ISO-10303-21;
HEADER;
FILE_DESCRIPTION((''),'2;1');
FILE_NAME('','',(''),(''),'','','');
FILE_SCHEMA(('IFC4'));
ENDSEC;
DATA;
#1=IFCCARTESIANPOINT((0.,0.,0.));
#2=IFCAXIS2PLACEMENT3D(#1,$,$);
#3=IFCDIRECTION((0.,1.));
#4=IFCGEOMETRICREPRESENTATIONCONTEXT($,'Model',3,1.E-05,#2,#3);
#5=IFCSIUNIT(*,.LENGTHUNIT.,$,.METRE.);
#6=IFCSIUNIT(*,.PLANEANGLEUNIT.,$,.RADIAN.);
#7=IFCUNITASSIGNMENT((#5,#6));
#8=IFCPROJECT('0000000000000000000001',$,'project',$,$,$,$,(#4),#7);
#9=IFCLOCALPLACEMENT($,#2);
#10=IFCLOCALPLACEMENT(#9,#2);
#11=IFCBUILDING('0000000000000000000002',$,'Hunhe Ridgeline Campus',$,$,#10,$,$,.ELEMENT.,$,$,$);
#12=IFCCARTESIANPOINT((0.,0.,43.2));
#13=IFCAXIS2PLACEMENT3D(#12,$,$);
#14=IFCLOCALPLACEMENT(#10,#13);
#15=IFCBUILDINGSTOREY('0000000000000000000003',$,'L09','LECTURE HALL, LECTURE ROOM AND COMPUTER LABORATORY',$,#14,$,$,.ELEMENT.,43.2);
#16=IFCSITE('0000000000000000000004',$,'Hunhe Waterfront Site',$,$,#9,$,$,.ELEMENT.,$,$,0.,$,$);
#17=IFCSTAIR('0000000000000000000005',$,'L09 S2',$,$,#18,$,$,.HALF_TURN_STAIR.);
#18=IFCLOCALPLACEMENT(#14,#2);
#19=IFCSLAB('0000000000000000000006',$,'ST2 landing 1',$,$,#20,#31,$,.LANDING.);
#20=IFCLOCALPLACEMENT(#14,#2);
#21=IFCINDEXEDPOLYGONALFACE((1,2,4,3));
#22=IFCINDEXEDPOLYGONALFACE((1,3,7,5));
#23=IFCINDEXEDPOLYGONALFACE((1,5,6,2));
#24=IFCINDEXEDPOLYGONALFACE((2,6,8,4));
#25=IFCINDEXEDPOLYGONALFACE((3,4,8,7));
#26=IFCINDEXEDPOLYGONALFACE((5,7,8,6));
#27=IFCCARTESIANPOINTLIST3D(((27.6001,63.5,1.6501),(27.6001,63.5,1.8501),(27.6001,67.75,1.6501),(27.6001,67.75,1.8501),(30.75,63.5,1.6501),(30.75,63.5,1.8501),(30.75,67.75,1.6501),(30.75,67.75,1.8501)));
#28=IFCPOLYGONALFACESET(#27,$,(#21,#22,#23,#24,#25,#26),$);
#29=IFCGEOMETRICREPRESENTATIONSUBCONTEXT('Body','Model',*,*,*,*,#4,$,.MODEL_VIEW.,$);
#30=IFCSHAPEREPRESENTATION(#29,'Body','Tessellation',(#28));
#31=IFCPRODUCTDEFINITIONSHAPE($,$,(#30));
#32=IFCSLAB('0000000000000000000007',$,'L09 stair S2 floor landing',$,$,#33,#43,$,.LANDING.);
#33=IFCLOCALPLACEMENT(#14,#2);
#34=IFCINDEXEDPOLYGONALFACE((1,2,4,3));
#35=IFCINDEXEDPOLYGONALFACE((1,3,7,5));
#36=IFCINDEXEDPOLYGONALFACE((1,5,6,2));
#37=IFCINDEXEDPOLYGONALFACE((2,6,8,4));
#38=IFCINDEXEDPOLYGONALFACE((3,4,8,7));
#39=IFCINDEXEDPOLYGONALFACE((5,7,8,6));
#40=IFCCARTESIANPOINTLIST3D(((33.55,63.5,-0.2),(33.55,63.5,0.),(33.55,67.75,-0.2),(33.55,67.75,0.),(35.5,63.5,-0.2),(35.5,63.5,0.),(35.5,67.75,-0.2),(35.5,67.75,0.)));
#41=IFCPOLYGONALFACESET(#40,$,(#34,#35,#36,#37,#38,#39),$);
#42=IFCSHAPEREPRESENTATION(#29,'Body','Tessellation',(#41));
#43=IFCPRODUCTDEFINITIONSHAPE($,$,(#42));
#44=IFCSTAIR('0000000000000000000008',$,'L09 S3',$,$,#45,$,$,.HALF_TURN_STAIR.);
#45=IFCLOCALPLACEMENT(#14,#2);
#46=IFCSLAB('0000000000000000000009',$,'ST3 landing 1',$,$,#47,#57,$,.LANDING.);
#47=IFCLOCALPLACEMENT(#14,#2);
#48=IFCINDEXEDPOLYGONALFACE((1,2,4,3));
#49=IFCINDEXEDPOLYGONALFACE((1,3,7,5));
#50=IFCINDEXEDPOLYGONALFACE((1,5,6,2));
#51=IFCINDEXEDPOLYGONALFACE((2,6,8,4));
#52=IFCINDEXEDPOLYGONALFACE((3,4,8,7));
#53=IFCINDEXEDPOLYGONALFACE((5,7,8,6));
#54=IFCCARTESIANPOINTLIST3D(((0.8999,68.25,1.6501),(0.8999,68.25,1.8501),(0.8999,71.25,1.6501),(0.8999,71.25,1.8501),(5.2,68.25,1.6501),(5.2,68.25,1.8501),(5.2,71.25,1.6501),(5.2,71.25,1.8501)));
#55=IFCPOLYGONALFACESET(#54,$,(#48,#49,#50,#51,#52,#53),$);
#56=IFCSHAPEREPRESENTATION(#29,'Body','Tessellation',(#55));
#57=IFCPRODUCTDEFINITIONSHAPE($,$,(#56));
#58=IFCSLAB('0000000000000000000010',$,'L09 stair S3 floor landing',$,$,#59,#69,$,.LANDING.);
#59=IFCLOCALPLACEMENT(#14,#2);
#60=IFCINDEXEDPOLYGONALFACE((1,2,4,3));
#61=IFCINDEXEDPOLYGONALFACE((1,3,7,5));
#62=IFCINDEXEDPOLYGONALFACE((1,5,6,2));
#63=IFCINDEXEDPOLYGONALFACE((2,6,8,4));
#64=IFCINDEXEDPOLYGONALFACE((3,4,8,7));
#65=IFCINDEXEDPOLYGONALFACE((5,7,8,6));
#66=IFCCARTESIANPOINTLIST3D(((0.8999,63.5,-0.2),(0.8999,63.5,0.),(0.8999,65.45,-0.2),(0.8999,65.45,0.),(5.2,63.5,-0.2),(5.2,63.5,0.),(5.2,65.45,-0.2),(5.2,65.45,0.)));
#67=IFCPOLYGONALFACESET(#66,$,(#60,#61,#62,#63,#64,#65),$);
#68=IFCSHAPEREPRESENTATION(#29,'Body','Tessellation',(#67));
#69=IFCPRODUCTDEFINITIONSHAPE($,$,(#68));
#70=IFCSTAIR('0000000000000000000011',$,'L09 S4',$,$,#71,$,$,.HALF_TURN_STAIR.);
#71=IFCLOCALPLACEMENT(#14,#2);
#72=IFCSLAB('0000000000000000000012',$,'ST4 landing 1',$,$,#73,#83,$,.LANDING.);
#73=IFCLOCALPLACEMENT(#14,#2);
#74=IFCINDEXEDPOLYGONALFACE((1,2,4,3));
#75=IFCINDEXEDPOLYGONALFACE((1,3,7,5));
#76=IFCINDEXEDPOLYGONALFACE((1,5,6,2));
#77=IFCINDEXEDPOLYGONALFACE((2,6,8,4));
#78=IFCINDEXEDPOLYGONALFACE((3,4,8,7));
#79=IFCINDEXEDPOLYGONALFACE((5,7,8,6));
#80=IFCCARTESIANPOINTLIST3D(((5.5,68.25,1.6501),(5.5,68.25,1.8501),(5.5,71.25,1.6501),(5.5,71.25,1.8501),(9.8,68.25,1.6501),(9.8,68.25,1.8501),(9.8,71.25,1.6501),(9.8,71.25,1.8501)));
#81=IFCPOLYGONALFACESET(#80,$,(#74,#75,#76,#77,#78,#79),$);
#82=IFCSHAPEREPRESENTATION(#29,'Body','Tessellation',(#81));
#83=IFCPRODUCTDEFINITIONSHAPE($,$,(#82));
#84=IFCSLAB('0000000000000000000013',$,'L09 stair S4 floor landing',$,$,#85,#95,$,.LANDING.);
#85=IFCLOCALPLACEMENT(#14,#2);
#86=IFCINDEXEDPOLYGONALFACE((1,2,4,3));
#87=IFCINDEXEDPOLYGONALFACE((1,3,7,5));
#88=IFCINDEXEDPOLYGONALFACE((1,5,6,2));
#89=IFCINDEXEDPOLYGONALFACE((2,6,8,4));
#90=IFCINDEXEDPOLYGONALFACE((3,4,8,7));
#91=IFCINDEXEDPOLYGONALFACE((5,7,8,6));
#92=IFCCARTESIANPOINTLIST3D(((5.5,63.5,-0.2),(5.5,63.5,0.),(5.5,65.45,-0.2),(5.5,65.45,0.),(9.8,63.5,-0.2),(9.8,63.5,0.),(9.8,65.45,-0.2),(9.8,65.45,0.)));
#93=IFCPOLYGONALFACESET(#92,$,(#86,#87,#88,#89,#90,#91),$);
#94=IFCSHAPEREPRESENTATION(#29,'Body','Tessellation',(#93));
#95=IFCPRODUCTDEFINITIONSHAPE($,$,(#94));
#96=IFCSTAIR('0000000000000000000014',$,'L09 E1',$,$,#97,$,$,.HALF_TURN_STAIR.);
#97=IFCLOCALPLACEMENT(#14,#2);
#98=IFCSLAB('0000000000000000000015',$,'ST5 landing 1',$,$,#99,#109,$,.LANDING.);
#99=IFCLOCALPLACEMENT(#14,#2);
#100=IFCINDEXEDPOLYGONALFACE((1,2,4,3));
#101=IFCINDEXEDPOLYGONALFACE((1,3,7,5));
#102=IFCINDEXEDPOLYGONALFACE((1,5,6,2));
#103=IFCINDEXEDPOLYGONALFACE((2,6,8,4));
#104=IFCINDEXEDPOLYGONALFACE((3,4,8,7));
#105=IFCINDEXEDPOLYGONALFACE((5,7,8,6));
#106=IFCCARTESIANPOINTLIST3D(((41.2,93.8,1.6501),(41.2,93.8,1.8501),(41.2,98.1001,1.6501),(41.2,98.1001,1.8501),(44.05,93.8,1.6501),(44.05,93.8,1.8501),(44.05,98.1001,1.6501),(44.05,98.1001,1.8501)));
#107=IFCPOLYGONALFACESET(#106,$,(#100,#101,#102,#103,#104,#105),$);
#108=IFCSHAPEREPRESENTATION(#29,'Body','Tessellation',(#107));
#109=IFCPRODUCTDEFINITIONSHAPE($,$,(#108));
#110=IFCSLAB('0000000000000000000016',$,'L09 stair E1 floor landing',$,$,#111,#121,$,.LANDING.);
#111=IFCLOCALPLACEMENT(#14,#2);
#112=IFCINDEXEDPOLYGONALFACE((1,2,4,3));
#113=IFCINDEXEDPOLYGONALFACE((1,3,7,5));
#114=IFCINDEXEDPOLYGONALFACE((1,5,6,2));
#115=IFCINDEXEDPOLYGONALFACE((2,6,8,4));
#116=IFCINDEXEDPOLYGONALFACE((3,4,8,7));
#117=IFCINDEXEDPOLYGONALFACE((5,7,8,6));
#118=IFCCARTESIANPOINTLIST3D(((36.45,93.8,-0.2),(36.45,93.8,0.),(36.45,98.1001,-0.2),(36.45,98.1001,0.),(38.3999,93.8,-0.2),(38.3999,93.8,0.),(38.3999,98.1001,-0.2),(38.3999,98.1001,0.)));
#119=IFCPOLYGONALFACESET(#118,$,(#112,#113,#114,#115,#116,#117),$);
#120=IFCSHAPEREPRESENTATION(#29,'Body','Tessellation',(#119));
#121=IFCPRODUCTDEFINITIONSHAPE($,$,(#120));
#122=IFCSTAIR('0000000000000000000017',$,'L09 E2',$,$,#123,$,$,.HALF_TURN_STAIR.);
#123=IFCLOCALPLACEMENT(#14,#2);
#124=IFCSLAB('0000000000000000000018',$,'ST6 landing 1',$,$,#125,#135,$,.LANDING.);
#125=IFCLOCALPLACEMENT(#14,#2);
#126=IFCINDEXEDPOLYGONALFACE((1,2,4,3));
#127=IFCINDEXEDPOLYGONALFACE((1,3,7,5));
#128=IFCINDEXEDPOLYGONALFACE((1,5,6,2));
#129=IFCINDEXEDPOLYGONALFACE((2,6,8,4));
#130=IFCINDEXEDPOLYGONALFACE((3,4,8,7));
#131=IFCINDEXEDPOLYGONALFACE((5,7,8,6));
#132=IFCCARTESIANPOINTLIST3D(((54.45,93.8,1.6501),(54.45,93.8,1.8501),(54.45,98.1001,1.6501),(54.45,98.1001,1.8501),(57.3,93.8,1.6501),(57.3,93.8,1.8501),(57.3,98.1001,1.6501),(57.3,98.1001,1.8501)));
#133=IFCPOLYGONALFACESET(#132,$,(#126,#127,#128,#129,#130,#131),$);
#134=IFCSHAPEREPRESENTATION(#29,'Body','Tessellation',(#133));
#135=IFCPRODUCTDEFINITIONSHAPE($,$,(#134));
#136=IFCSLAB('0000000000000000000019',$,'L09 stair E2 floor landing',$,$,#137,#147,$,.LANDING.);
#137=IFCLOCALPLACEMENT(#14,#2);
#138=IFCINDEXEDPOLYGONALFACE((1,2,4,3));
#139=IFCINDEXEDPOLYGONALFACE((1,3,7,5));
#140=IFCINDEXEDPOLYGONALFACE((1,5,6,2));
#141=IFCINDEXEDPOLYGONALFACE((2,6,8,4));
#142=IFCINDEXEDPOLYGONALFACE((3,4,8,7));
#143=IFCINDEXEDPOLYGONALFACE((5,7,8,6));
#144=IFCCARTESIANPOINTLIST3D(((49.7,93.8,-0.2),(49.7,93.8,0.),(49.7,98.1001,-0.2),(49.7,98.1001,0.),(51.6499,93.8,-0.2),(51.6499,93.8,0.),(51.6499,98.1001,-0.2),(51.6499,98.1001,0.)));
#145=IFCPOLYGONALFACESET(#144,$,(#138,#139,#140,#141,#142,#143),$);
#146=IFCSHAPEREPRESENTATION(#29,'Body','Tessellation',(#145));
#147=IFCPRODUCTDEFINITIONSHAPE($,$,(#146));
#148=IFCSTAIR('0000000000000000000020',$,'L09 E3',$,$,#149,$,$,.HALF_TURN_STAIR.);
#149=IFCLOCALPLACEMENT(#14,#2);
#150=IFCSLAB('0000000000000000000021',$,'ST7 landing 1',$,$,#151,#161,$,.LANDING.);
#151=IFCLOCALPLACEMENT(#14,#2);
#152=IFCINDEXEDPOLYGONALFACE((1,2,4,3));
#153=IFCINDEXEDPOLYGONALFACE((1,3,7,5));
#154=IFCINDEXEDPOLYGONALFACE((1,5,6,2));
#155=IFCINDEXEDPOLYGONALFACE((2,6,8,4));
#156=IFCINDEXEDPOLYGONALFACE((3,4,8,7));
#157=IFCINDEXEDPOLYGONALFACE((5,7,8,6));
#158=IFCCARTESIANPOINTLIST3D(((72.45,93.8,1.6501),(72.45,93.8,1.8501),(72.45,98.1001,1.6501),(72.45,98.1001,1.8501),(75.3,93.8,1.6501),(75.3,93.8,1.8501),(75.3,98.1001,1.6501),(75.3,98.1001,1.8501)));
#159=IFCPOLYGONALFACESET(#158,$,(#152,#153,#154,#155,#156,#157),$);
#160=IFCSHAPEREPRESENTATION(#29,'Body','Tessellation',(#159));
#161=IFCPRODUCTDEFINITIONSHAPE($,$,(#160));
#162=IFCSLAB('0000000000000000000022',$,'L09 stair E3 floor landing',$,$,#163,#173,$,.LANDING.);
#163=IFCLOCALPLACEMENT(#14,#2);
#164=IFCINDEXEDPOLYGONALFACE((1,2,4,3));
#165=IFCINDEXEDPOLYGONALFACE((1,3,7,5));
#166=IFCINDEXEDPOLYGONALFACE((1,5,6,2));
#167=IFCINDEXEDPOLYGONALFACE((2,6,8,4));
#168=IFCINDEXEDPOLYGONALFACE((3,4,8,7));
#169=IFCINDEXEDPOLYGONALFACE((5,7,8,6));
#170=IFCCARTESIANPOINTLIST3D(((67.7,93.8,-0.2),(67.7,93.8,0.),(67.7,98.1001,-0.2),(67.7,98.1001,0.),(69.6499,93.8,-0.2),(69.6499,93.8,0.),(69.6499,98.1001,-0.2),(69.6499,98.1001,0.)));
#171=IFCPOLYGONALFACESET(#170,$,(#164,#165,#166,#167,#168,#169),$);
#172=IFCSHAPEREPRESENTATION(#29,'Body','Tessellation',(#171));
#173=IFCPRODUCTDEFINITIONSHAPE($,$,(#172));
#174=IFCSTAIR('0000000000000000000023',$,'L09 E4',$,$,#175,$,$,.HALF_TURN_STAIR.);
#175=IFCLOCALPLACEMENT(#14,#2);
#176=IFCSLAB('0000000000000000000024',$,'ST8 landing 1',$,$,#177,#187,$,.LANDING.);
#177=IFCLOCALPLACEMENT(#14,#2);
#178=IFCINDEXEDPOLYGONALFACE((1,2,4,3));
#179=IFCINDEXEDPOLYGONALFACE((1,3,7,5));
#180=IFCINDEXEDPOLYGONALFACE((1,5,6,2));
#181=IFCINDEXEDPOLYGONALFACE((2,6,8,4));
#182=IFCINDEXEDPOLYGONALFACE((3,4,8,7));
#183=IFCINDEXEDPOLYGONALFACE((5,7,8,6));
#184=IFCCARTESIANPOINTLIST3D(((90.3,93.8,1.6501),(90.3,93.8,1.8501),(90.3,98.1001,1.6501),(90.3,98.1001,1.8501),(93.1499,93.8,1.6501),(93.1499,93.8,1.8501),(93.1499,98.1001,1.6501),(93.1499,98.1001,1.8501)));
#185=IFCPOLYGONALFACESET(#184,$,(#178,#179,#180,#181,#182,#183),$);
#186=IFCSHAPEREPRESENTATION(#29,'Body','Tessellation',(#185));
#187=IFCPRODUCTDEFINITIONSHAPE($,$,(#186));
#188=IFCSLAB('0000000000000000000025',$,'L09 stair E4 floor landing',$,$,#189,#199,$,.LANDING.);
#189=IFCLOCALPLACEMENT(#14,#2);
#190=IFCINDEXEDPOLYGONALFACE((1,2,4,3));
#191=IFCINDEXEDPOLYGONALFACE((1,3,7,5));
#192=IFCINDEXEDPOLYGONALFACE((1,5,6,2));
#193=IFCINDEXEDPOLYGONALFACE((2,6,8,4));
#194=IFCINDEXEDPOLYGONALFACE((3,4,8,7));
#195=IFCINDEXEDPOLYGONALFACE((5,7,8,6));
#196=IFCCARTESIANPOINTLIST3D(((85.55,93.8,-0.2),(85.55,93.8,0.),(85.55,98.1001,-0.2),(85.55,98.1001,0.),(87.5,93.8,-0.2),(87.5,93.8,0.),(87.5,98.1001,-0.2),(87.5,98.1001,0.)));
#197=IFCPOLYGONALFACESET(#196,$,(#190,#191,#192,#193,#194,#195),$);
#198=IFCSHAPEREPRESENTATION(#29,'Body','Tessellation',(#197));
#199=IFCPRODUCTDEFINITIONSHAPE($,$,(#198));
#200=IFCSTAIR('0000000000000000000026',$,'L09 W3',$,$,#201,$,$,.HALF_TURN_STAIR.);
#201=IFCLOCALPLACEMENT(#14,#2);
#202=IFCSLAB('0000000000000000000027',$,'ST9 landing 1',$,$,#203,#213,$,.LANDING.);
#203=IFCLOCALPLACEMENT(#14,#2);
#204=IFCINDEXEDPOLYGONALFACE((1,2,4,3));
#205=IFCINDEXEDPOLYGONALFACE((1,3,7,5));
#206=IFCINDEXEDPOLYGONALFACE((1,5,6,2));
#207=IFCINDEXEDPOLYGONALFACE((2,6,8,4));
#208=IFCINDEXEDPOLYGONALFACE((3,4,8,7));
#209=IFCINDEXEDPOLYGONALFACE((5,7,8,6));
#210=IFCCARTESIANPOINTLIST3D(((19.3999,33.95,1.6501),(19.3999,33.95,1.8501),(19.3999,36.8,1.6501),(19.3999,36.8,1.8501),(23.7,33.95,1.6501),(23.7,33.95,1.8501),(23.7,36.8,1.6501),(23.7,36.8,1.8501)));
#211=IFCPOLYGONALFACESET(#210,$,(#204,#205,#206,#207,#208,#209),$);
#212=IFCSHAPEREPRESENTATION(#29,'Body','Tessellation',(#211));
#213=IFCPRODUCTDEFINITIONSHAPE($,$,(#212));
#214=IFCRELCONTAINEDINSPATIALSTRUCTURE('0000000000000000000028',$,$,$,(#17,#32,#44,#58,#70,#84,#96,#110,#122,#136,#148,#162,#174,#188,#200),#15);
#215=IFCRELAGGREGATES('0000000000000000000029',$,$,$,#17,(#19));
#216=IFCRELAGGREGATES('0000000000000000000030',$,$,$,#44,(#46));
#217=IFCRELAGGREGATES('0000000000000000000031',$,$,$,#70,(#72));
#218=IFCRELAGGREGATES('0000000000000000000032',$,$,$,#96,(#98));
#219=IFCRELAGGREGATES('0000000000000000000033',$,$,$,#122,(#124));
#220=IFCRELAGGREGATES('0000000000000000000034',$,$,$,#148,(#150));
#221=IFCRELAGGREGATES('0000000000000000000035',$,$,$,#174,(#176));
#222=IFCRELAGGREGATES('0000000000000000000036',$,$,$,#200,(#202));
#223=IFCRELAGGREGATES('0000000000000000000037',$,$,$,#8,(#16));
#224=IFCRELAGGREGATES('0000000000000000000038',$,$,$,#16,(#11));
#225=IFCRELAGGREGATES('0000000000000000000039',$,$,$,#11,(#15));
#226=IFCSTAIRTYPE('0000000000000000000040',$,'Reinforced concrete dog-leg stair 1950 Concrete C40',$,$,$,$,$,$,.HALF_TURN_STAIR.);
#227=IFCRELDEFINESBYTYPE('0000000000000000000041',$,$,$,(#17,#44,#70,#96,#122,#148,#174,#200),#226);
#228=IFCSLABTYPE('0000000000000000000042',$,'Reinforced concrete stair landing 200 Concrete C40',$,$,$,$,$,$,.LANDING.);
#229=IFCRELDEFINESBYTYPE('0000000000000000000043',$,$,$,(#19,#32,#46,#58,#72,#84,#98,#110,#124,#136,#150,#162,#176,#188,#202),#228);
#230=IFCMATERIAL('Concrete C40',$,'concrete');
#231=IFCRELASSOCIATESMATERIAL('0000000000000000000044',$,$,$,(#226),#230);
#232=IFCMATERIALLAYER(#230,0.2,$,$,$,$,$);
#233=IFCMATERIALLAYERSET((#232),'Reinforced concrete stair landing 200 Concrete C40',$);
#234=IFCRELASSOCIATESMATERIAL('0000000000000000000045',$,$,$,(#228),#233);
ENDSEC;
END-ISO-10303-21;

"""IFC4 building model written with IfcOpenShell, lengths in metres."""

from ifc_helpers import new_model, si_unit, direction, frame, origin, place, context, subcontext, project, spatial, polyline, outline, extrude, material, layer, layer_set, type_object, element, aggregate, save


model = new_model("IFC4")

# Units and contexts
model_context = context("Model", 3, precision=1e-05, world=origin(), true_north=direction((0.0, 1.0)))
body_context = subcontext(model_context, "Body", "Model", "MODEL_VIEW")
ifc_project = project(units=[si_unit("LENGTHUNIT", "METRE"), si_unit("PLANEANGLEUNIT", "RADIAN")], contexts=[model_context])

# Site, building, storey
site_placement = place(None, origin())
site = spatial("IfcSite", under=ifc_project, at=site_placement, Name="Hunhe Waterfront Site", CompositionType="ELEMENT", RefElevation=0.0)
building_placement = place(site_placement, origin())
building = spatial("IfcBuilding", under=site, at=building_placement, Name="Hunhe Ridgeline Campus", CompositionType="ELEMENT")
storey_placement = place(building_placement, frame((0.0, 0.0, 43.2)))
storey = spatial("IfcBuildingStorey", under=building, at=storey_placement, Name="L09", Description="LECTURE HALL, LECTURE ROOM AND COMPUTER LABORATORY", CompositionType="ELEMENT", Elevation=43.2)

# Shared definitions
ifc_material_1 = material(Name="Concrete C40", Category="concrete")

# Shared definitions
stair_type = type_object("IfcStairType", Name="Reinforced concrete dog-leg stair 1950 Concrete C40", PredefinedType="HALF_TURN_STAIR", material=ifc_material_1)
ifc_layer_1 = layer(ifc_material_1, 0.2)
ifc_layer_set_1 = layer_set([ifc_layer_1], Name="Reinforced concrete stair landing 200 Concrete C40")
slab_type_1 = type_object("IfcSlabType", Name="Reinforced concrete stair landing 200 Concrete C40", PredefinedType="LANDING", material=ifc_layer_set_1)

# Stair, slab
stair_1_placement = place(storey_placement, origin())
stair_1 = element("IfcStair", 1, at=stair_1_placement, inside=storey, type_object=stair_type, Name="L09 S2", PredefinedType="HALF_TURN_STAIR")
slab_1_placement = place(storey_placement, frame((0.0, 0.0, 1.6501)))
slab_1 = element("IfcSlab", 2, at=slab_1_placement, type_object=slab_type_1, Name="ST2 landing 1", PredefinedType="LANDING", context=body_context, shape_type="SweptSolid", body=[
    extrude(outline(polyline([(30.75, 67.75), (27.6001, 67.75), (27.6001, 63.5), (30.75, 63.5), (30.75, 67.75)])), origin(), (0.0, 0.0, 1.0), 0.2),
])
aggregate(stair_1, [slab_1])

# Slab
slab_2_placement = place(storey_placement, frame((0.0, 0.0, -0.2)))
element("IfcSlab", 3, at=slab_2_placement, inside=storey, type_object=slab_type_1, Name="L09 stair S2 floor landing", PredefinedType="LANDING", context=body_context, shape_type="SweptSolid", body=[
    extrude(outline(polyline([(35.5, 67.75), (33.55, 67.75), (33.55, 63.5), (35.5, 63.5), (35.5, 67.75)])), origin(), (0.0, 0.0, 1.0), 0.2),
])

# Stair, slab
stair_2_placement = place(storey_placement, origin())
stair_2 = element("IfcStair", 4, at=stair_2_placement, inside=storey, type_object=stair_type, Name="L09 S3", PredefinedType="HALF_TURN_STAIR")
slab_3_placement = place(storey_placement, frame((0.0, 0.0, 1.6501)))
slab_3 = element("IfcSlab", 5, at=slab_3_placement, type_object=slab_type_1, Name="ST3 landing 1", PredefinedType="LANDING", context=body_context, shape_type="SweptSolid", body=[
    extrude(outline(polyline([(5.2, 68.25), (5.2, 71.25), (0.8999, 71.25), (0.8999, 68.25), (5.2, 68.25)])), origin(), (0.0, 0.0, 1.0), 0.2),
])
aggregate(stair_2, [slab_3])

# Slab
slab_4_placement = place(storey_placement, frame((0.0, 0.0, -0.2)))
element("IfcSlab", 6, at=slab_4_placement, inside=storey, type_object=slab_type_1, Name="L09 stair S3 floor landing", PredefinedType="LANDING", context=body_context, shape_type="SweptSolid", body=[
    extrude(outline(polyline([(5.2, 63.5), (5.2, 65.45), (0.8999, 65.45), (0.8999, 63.5), (5.2, 63.5)])), origin(), (0.0, 0.0, 1.0), 0.2),
])

# Stair, slab
stair_3_placement = place(storey_placement, origin())
stair_3 = element("IfcStair", 7, at=stair_3_placement, inside=storey, type_object=stair_type, Name="L09 S4", PredefinedType="HALF_TURN_STAIR")
slab_5_placement = place(storey_placement, frame((0.0, 0.0, 1.6501)))
slab_5 = element("IfcSlab", 8, at=slab_5_placement, type_object=slab_type_1, Name="ST4 landing 1", PredefinedType="LANDING", context=body_context, shape_type="SweptSolid", body=[
    extrude(outline(polyline([(9.8, 68.25), (9.8, 71.25), (5.5, 71.25), (5.5, 68.25), (9.8, 68.25)])), origin(), (0.0, 0.0, 1.0), 0.2),
])
aggregate(stair_3, [slab_5])

# Slab
slab_6_placement = place(storey_placement, frame((0.0, 0.0, -0.2)))
element("IfcSlab", 9, at=slab_6_placement, inside=storey, type_object=slab_type_1, Name="L09 stair S4 floor landing", PredefinedType="LANDING", context=body_context, shape_type="SweptSolid", body=[
    extrude(outline(polyline([(9.8, 63.5), (9.8, 65.45), (5.5, 65.45), (5.5, 63.5), (9.8, 63.5)])), origin(), (0.0, 0.0, 1.0), 0.2),
])

# Stair, slab
stair_4_placement = place(storey_placement, origin())
stair_4 = element("IfcStair", 10, at=stair_4_placement, inside=storey, type_object=stair_type, Name="L09 E1", PredefinedType="HALF_TURN_STAIR")
slab_7_placement = place(storey_placement, frame((0.0, 0.0, 1.6501)))
slab_7 = element("IfcSlab", 11, at=slab_7_placement, type_object=slab_type_1, Name="ST5 landing 1", PredefinedType="LANDING", context=body_context, shape_type="SweptSolid", body=[
    extrude(outline(polyline([(41.2, 93.8), (44.05, 93.8), (44.05, 98.1001), (41.2, 98.1001), (41.2, 93.8)])), origin(), (0.0, 0.0, 1.0), 0.2),
])
aggregate(stair_4, [slab_7])

# Slab
slab_8_placement = place(storey_placement, frame((0.0, 0.0, -0.2)))
element("IfcSlab", 12, at=slab_8_placement, inside=storey, type_object=slab_type_1, Name="L09 stair E1 floor landing", PredefinedType="LANDING", context=body_context, shape_type="SweptSolid", body=[
    extrude(outline(polyline([(36.45, 93.8), (38.3999, 93.8), (38.3999, 98.1001), (36.45, 98.1001), (36.45, 93.8)])), origin(), (0.0, 0.0, 1.0), 0.2),
])

# Stair, slab
stair_5_placement = place(storey_placement, origin())
stair_5 = element("IfcStair", 13, at=stair_5_placement, inside=storey, type_object=stair_type, Name="L09 E2", PredefinedType="HALF_TURN_STAIR")
slab_9_placement = place(storey_placement, frame((0.0, 0.0, 1.6501)))
slab_9 = element("IfcSlab", 14, at=slab_9_placement, type_object=slab_type_1, Name="ST6 landing 1", PredefinedType="LANDING", context=body_context, shape_type="SweptSolid", body=[
    extrude(outline(polyline([(54.45, 93.8), (57.3, 93.8), (57.3, 98.1001), (54.45, 98.1001), (54.45, 93.8)])), origin(), (0.0, 0.0, 1.0), 0.2),
])
aggregate(stair_5, [slab_9])

# Slab
slab_10_placement = place(storey_placement, frame((0.0, 0.0, -0.2)))
element("IfcSlab", 15, at=slab_10_placement, inside=storey, type_object=slab_type_1, Name="L09 stair E2 floor landing", PredefinedType="LANDING", context=body_context, shape_type="SweptSolid", body=[
    extrude(outline(polyline([(49.7, 93.8), (51.6499, 93.8), (51.6499, 98.1001), (49.7, 98.1001), (49.7, 93.8)])), origin(), (0.0, 0.0, 1.0), 0.2),
])

# Stair, slab
stair_6_placement = place(storey_placement, origin())
stair_6 = element("IfcStair", 16, at=stair_6_placement, inside=storey, type_object=stair_type, Name="L09 E3", PredefinedType="HALF_TURN_STAIR")
slab_11_placement = place(storey_placement, frame((0.0, 0.0, 1.6501)))
slab_11 = element("IfcSlab", 17, at=slab_11_placement, type_object=slab_type_1, Name="ST7 landing 1", PredefinedType="LANDING", context=body_context, shape_type="SweptSolid", body=[
    extrude(outline(polyline([(72.45, 93.8), (75.3, 93.8), (75.3, 98.1001), (72.45, 98.1001), (72.45, 93.8)])), origin(), (0.0, 0.0, 1.0), 0.2),
])
aggregate(stair_6, [slab_11])

# Slab
slab_12_placement = place(storey_placement, frame((0.0, 0.0, -0.2)))
element("IfcSlab", 18, at=slab_12_placement, inside=storey, type_object=slab_type_1, Name="L09 stair E3 floor landing", PredefinedType="LANDING", context=body_context, shape_type="SweptSolid", body=[
    extrude(outline(polyline([(67.7, 93.8), (69.6499, 93.8), (69.6499, 98.1001), (67.7, 98.1001), (67.7, 93.8)])), origin(), (0.0, 0.0, 1.0), 0.2),
])

# Stair, slab
stair_7_placement = place(storey_placement, origin())
stair_7 = element("IfcStair", 19, at=stair_7_placement, inside=storey, type_object=stair_type, Name="L09 E4", PredefinedType="HALF_TURN_STAIR")
slab_13_placement = place(storey_placement, frame((0.0, 0.0, 1.6501)))
slab_13 = element("IfcSlab", 20, at=slab_13_placement, type_object=slab_type_1, Name="ST8 landing 1", PredefinedType="LANDING", context=body_context, shape_type="SweptSolid", body=[
    extrude(outline(polyline([(90.3, 93.8), (93.1499, 93.8), (93.1499, 98.1001), (90.3, 98.1001), (90.3, 93.8)])), origin(), (0.0, 0.0, 1.0), 0.2),
])
aggregate(stair_7, [slab_13])

# Slab
slab_14_placement = place(storey_placement, frame((0.0, 0.0, -0.2)))
element("IfcSlab", 21, at=slab_14_placement, inside=storey, type_object=slab_type_1, Name="L09 stair E4 floor landing", PredefinedType="LANDING", context=body_context, shape_type="SweptSolid", body=[
    extrude(outline(polyline([(85.55, 93.8), (87.5, 93.8), (87.5, 98.1001), (85.55, 98.1001), (85.55, 93.8)])), origin(), (0.0, 0.0, 1.0), 0.2),
])

# Stair, slab
stair_8_placement = place(storey_placement, origin())
stair_8 = element("IfcStair", 22, at=stair_8_placement, inside=storey, type_object=stair_type, Name="L09 W3", PredefinedType="HALF_TURN_STAIR")
slab_15_placement = place(storey_placement, frame((0.0, 0.0, 1.6501)))
slab_15 = element("IfcSlab", 23, at=slab_15_placement, type_object=slab_type_1, Name="ST9 landing 1", PredefinedType="LANDING", context=body_context, shape_type="SweptSolid", body=[
    extrude(outline(polyline([(23.7, 33.95), (23.7, 36.8), (19.3999, 36.8), (19.3999, 33.95), (23.7, 33.95)])), origin(), (0.0, 0.0, 1.0), 0.2),
])
aggregate(stair_8, [slab_15])

save(model, "model.ifc")
